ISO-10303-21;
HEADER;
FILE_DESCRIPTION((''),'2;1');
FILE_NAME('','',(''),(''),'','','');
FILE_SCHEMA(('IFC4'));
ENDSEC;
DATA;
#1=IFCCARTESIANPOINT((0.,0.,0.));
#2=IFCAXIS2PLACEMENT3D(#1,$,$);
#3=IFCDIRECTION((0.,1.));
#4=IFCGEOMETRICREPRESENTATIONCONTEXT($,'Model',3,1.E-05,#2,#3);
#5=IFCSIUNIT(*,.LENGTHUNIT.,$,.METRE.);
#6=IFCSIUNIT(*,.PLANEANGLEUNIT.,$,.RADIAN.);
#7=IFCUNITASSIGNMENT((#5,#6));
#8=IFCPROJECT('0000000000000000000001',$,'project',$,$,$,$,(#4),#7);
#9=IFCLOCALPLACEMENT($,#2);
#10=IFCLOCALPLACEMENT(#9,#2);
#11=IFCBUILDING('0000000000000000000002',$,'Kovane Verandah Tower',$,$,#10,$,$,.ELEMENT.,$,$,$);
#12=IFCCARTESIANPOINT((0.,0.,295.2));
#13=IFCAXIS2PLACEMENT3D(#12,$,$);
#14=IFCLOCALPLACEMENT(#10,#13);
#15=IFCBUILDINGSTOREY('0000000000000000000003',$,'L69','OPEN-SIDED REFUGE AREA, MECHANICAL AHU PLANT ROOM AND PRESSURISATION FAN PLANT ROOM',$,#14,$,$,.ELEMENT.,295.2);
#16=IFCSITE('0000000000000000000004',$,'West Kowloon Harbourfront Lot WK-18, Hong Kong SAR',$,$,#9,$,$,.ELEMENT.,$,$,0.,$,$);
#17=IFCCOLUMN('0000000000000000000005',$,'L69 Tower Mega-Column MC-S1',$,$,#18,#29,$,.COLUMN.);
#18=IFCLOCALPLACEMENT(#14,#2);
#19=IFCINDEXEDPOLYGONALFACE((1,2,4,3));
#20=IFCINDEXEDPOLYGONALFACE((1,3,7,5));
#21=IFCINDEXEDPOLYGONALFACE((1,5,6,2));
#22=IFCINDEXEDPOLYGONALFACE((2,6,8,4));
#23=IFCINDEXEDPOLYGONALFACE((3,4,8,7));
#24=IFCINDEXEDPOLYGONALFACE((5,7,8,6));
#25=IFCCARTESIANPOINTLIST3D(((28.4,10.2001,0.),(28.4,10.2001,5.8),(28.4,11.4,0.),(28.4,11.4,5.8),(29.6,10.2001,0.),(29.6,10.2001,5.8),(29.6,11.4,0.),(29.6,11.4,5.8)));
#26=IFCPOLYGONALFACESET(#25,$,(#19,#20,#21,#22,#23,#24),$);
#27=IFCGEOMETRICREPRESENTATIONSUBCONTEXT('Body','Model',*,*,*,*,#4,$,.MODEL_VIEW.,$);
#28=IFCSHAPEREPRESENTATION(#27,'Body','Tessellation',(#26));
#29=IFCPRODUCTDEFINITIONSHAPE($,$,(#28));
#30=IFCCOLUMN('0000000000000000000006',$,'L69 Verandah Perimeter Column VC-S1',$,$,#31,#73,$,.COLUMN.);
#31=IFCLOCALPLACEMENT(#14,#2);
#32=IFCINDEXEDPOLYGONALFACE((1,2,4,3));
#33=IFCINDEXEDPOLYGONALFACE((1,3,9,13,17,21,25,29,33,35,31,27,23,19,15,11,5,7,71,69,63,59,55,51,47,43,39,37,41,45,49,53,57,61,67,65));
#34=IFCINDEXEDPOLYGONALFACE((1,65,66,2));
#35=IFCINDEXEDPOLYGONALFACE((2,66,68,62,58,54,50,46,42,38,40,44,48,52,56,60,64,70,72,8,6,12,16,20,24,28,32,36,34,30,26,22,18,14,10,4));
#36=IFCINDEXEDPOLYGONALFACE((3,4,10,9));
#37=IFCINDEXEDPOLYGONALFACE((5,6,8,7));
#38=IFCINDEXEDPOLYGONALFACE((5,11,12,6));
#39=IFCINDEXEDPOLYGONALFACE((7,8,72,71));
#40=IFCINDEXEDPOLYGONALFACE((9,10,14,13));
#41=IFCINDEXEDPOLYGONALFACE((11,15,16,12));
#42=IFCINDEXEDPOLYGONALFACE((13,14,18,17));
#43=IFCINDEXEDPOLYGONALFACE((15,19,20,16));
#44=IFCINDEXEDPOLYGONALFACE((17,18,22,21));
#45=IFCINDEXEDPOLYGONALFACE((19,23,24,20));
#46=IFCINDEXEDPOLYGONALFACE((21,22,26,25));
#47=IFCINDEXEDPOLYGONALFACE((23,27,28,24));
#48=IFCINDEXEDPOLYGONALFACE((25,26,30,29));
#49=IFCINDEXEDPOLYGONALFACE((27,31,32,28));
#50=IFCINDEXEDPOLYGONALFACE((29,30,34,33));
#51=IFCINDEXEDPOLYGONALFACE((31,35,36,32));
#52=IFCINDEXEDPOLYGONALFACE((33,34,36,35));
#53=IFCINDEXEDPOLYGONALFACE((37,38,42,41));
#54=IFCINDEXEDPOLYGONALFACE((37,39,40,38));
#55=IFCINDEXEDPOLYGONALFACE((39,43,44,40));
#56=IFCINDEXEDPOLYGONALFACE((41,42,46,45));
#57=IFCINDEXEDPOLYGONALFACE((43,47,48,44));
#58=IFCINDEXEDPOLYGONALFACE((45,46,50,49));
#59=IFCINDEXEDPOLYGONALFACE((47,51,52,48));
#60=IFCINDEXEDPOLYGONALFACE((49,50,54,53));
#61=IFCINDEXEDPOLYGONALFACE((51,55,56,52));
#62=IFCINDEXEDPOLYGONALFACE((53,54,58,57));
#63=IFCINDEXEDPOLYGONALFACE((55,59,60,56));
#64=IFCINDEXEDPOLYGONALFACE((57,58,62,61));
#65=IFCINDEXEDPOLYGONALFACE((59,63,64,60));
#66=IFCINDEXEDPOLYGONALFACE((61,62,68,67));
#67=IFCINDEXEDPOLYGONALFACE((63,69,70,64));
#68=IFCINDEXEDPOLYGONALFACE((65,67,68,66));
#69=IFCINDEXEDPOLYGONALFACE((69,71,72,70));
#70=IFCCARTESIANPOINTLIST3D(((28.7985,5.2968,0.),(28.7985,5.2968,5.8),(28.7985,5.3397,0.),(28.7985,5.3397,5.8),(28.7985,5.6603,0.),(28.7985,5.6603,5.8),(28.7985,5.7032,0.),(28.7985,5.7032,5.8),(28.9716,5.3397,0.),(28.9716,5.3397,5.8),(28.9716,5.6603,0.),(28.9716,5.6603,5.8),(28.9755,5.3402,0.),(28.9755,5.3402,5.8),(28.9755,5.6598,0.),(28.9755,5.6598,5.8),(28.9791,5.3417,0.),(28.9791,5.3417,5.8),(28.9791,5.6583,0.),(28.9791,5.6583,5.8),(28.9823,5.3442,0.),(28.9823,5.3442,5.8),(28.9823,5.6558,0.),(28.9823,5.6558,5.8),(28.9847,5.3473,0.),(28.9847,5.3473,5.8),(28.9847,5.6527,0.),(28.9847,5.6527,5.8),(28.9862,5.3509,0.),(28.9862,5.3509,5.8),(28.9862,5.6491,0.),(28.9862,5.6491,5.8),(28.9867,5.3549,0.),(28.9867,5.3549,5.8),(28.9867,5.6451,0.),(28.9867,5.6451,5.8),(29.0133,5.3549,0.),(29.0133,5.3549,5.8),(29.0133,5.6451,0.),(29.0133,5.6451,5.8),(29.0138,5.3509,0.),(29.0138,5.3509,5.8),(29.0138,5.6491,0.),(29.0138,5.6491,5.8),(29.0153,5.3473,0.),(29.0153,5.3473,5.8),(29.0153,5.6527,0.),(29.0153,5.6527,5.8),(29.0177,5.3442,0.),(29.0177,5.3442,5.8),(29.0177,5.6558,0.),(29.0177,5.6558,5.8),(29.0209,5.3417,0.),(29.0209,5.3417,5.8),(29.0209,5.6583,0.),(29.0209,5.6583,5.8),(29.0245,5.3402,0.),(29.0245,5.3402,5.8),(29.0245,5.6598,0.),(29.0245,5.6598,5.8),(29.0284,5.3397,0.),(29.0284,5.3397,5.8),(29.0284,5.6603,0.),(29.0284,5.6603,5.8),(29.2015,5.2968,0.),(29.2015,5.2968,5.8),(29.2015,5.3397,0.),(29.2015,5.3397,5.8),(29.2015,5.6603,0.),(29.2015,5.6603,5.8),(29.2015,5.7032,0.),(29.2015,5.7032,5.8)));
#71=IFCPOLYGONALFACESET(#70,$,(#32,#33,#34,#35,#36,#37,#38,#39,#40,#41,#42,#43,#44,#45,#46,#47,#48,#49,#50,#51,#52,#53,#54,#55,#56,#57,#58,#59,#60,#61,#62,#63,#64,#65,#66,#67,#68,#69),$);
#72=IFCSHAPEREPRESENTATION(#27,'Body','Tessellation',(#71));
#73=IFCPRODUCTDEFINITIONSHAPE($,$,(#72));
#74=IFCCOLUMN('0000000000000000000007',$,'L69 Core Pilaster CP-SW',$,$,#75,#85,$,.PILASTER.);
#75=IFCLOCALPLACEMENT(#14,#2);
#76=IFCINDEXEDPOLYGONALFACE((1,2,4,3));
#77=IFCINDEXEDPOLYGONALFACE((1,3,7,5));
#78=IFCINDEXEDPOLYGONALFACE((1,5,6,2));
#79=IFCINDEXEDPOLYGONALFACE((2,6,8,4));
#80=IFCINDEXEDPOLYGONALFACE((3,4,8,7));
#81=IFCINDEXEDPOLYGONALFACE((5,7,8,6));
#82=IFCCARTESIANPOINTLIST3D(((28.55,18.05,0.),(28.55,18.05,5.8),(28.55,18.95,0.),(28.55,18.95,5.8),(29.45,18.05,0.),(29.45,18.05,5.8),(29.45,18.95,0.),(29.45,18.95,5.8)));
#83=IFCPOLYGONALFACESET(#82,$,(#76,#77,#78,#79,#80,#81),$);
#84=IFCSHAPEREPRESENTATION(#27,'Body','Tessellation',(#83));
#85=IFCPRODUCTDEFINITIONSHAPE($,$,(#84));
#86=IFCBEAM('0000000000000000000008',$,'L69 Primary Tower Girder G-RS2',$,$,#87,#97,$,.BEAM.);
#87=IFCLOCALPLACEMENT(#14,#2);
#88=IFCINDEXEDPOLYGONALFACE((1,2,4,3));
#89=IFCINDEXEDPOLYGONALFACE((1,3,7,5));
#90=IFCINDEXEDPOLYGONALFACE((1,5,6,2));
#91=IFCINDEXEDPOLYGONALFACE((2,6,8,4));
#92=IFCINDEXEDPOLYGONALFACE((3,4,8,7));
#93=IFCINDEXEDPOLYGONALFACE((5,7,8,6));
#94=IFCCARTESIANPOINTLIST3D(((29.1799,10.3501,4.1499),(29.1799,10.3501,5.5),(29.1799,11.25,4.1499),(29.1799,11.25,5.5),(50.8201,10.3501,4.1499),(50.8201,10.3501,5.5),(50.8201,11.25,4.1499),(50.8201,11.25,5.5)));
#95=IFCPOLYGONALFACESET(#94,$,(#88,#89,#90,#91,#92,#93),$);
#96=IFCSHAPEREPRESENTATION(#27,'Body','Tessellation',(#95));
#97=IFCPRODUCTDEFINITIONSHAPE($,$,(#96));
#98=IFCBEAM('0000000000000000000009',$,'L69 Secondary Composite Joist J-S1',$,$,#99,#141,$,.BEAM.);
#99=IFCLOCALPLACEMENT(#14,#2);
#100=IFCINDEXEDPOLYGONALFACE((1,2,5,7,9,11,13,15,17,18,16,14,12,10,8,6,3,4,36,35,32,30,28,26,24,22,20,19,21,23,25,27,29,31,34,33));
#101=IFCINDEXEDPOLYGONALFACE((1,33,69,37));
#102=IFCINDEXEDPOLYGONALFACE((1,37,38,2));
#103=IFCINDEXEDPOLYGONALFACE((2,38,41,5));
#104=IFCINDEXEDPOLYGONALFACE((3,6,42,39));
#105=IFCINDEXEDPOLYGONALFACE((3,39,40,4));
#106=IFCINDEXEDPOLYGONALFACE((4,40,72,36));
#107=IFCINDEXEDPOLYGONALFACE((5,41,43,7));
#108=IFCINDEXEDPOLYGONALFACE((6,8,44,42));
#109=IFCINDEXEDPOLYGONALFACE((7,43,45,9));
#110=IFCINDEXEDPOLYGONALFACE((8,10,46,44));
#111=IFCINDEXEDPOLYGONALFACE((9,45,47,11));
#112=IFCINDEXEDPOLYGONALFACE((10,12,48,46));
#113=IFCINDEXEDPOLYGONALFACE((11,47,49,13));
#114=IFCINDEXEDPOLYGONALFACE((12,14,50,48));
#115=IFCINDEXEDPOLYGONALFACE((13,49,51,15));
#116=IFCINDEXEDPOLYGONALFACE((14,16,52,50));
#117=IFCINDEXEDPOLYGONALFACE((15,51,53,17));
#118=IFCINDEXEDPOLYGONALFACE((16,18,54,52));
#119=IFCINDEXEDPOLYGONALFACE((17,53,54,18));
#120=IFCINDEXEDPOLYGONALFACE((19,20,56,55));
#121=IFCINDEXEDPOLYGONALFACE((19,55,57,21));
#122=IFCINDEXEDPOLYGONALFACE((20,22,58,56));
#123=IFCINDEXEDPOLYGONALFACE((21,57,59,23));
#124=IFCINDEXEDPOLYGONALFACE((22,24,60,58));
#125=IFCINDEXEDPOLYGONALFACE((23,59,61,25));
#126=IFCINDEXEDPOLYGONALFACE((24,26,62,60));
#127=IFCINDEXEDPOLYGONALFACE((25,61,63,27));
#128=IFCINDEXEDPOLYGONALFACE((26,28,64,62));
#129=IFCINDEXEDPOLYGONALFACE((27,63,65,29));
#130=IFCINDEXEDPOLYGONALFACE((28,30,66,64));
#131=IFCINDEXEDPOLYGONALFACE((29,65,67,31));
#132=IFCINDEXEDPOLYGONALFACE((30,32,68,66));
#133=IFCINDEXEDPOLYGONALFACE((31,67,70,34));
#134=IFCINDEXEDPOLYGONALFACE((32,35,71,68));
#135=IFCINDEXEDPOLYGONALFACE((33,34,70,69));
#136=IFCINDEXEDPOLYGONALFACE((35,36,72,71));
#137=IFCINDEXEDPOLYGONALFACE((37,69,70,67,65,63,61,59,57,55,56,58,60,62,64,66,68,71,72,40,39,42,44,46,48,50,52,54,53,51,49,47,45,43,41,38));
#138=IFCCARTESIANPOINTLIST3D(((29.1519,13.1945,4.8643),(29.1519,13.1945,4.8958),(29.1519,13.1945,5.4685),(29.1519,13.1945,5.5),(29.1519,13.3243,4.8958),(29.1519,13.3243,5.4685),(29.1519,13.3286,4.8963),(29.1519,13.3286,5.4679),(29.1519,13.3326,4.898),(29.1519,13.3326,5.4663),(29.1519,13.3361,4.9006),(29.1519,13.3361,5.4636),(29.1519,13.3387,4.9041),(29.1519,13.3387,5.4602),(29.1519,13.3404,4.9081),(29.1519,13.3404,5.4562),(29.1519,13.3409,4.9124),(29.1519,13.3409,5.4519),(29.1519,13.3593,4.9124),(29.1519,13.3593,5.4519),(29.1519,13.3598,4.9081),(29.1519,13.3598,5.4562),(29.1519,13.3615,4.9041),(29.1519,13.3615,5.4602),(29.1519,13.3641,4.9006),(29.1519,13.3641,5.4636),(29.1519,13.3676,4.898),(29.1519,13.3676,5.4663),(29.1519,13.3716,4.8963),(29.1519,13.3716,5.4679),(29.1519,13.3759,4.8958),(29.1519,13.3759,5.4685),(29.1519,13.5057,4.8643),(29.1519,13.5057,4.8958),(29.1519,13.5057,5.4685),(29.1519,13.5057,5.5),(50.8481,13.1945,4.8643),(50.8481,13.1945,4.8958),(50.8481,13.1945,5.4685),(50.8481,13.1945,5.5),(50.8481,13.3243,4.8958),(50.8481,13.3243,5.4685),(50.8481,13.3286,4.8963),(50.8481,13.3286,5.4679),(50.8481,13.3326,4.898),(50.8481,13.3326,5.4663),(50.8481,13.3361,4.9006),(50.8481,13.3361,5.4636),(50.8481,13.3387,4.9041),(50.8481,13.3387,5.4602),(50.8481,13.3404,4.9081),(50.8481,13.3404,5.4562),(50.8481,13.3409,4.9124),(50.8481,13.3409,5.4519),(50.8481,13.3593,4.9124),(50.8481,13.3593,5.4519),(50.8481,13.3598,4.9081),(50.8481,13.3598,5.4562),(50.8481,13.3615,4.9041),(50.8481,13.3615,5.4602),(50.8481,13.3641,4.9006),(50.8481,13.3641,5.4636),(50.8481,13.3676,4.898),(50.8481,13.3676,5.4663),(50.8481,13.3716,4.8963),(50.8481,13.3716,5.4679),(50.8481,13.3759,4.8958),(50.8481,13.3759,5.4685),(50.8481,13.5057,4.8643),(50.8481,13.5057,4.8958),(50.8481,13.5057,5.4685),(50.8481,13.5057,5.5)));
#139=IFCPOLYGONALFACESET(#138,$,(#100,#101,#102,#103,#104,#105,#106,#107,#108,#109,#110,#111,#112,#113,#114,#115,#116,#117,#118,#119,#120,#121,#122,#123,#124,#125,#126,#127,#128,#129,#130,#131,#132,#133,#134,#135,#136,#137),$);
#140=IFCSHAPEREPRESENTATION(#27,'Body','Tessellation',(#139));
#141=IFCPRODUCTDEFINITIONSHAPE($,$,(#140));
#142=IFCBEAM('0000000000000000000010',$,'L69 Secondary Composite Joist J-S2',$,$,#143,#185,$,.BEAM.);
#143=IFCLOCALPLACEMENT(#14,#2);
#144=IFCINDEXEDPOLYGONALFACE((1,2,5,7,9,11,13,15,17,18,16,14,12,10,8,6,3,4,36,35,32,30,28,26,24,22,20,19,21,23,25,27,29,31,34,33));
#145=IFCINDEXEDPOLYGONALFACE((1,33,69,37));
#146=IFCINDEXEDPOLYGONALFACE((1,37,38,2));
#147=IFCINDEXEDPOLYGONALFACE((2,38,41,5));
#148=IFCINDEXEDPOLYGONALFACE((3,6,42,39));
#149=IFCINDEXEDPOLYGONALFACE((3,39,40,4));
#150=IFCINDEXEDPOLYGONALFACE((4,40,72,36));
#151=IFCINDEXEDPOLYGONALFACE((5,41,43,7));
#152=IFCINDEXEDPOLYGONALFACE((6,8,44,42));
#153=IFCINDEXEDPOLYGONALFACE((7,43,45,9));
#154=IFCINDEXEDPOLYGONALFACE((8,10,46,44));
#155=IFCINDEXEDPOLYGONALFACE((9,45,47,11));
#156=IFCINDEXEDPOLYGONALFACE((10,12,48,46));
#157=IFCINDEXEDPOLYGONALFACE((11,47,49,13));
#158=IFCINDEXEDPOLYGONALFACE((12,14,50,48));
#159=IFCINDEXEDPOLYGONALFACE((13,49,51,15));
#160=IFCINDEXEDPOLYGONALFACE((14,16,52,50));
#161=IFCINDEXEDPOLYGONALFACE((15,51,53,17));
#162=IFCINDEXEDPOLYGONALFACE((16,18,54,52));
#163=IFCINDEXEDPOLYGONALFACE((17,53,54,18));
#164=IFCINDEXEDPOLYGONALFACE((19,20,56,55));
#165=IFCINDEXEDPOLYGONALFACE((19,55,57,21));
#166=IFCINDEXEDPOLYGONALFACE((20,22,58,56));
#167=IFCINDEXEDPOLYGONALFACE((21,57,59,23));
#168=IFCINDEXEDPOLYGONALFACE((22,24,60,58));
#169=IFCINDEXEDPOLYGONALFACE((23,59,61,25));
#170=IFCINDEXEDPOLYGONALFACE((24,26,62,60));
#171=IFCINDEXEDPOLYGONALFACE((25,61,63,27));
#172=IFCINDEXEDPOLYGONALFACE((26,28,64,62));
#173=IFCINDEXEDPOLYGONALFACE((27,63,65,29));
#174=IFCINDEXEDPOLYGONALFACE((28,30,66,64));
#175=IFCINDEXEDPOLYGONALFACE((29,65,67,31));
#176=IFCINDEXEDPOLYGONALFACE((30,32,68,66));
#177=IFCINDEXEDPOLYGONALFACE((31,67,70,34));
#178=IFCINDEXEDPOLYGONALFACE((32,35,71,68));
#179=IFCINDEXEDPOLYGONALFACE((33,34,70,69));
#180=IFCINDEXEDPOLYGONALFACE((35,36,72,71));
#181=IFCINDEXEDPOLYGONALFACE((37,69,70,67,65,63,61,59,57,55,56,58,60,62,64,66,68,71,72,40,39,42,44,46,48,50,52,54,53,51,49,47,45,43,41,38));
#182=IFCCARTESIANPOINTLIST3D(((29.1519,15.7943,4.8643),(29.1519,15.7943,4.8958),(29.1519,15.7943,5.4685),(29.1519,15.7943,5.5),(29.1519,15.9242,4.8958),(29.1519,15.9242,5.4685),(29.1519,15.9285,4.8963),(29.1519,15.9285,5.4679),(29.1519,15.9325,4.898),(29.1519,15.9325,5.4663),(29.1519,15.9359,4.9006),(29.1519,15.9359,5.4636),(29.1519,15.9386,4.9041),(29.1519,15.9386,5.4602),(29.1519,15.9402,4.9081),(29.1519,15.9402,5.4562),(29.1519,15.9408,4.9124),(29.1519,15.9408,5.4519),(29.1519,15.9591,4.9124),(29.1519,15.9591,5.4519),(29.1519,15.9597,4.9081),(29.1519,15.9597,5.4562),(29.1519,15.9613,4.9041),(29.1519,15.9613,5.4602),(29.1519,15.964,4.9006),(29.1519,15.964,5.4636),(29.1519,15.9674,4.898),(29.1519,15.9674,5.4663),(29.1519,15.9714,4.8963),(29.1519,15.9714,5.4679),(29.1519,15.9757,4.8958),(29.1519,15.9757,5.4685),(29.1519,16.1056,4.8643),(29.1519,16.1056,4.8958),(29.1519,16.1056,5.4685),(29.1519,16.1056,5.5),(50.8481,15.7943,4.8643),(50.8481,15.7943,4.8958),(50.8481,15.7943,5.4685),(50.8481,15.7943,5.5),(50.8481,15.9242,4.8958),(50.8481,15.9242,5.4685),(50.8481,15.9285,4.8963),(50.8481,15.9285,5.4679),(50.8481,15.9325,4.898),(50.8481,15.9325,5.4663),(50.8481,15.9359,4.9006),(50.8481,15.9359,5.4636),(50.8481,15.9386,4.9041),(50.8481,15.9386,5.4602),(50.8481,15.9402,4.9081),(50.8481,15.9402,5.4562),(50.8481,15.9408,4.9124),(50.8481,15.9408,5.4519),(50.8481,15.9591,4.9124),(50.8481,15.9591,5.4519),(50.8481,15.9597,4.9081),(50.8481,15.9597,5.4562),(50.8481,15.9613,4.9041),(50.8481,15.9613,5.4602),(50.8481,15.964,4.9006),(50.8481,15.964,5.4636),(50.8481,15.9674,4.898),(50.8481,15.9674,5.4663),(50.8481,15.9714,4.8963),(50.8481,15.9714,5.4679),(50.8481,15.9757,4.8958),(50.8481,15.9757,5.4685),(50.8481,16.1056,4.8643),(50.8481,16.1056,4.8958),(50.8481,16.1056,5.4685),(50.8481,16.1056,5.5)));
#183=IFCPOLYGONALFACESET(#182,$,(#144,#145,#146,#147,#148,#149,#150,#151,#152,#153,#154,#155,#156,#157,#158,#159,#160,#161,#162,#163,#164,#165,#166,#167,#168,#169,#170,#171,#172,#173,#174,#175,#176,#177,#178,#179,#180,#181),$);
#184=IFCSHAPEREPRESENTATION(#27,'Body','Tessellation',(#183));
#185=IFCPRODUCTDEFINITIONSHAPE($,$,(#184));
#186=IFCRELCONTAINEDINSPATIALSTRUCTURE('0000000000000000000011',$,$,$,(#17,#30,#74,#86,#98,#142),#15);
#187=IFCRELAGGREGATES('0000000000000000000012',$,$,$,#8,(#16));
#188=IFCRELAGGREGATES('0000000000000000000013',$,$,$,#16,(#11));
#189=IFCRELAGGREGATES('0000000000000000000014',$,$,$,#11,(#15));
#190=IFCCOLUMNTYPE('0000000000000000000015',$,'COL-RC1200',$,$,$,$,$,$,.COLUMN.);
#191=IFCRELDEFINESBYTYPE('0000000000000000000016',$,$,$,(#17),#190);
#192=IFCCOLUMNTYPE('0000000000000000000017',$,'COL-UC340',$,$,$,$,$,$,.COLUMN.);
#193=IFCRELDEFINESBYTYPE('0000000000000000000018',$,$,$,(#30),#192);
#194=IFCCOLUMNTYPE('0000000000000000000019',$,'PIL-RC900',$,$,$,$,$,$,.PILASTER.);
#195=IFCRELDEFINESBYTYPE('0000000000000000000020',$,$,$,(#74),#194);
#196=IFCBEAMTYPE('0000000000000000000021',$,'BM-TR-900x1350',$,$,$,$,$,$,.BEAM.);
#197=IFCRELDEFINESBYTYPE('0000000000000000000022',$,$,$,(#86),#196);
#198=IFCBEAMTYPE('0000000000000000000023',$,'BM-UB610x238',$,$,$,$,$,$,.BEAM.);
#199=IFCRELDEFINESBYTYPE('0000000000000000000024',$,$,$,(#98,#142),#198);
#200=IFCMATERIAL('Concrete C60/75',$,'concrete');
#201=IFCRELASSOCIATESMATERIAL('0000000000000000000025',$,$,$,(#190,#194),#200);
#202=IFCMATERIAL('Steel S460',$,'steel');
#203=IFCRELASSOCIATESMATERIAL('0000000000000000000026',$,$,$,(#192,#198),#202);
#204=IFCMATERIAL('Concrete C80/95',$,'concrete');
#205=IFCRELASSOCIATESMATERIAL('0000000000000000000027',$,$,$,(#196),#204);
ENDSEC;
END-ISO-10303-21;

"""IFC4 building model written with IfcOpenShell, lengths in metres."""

from ifc_helpers import new_model, si_unit, direction, frame, origin, origin_2d, place, context, subcontext, project, spatial, rectangle, i_section, extrude, material, material_profile, profile_set, type_object, element, save


model = new_model("IFC4")

# Units and contexts
model_context = context("Model", 3, precision=1e-05, world=origin(), true_north=direction((0.0, 1.0)))
body_context = subcontext(model_context, "Body", "Model", "MODEL_VIEW")
ifc_project = project(units=[si_unit("LENGTHUNIT", "METRE"), si_unit("PLANEANGLEUNIT", "RADIAN")], contexts=[model_context])

# Site, building, storey
site_placement = place(None, origin())
site = spatial("IfcSite", under=ifc_project, at=site_placement, Name="West Kowloon Harbourfront Lot WK-18, Hong Kong SAR", CompositionType="ELEMENT", RefElevation=0.0)
building_placement = place(site_placement, origin())
building = spatial("IfcBuilding", under=site, at=building_placement, Name="Kovane Verandah Tower", CompositionType="ELEMENT")
storey_placement = place(building_placement, frame((0.0, 0.0, 295.2)))
storey = spatial("IfcBuildingStorey", under=building, at=storey_placement, Name="L69", Description="OPEN-SIDED REFUGE AREA, MECHANICAL AHU PLANT ROOM AND PRESSURISATION FAN PLANT ROOM", CompositionType="ELEMENT", Elevation=295.2)

# Columns
ifc_material_1 = material(Name="Concrete C60/75", Category="concrete")
ifc_material_profile_1 = material_profile(ifc_material_1, rectangle(XDim=1.2, YDim=1.2, at=origin_2d()), Name="RC1200x1200")
ifc_profile_set_1 = profile_set([ifc_material_profile_1], Name="Concrete C60/75")
column_type_1 = type_object("IfcColumnType", Name="COL-RC1200", PredefinedType="COLUMN", material=ifc_profile_set_1)
column_1_placement = place(storey_placement, frame((29.0, 10.8, 0.0), z_axis=(0.0, 0.0, 1.0), x_axis=(1.0, 0.0, 0.0)))
element("IfcColumn", 1, at=column_1_placement, inside=storey, type_object=column_type_1, Name="L69 Tower Mega-Column MC-S1", PredefinedType="COLUMN", context=body_context, shape_type="SweptSolid", body=[
    extrude(rectangle(XDim=1.2, YDim=1.2, at=origin_2d()), origin(), (0.0, 0.0, 1.0), 5.8),
])
ifc_material_2 = material(Name="Steel S460", Category="steel")
ifc_material_profile_2 = material_profile(ifc_material_2, i_section(OverallWidth=0.4031, OverallDepth=0.4065, WebThickness=0.0266, FlangeThickness=0.043, FilletRadius=0.0151, at=origin_2d()), Name="UC356x406x340")
ifc_profile_set_2 = profile_set([ifc_material_profile_2], Name="Steel S460")
column_type_2 = type_object("IfcColumnType", Name="COL-UC340", PredefinedType="COLUMN", material=ifc_profile_set_2)
column_2_placement = place(storey_placement, frame((29.0, 5.5, 0.0), z_axis=(0.0, 0.0, 1.0), x_axis=(1.0, 0.0, 0.0)))
element("IfcColumn", 2, at=column_2_placement, inside=storey, type_object=column_type_2, Name="L69 Verandah Perimeter Column VC-S1", PredefinedType="COLUMN", context=body_context, shape_type="SweptSolid", body=[
    extrude(i_section(OverallWidth=0.4031, OverallDepth=0.4065, WebThickness=0.0266, FlangeThickness=0.043, FilletRadius=0.0151, at=origin_2d()), origin(), (0.0, 0.0, 1.0), 5.8),
])
ifc_material_profile_3 = material_profile(ifc_material_1, rectangle(XDim=0.8999, YDim=0.8999, at=origin_2d()), Name="RC900x900")
ifc_profile_set_3 = profile_set([ifc_material_profile_3], Name="Concrete C60/75")
column_type_3 = type_object("IfcColumnType", Name="PIL-RC900", PredefinedType="PILASTER", material=ifc_profile_set_3)
column_3_placement = place(storey_placement, frame((29.0, 18.5, 0.0), z_axis=(0.0, 0.0, 1.0), x_axis=(1.0, 0.0, 0.0)))
element("IfcColumn", 3, at=column_3_placement, inside=storey, type_object=column_type_3, Name="L69 Core Pilaster CP-SW", PredefinedType="PILASTER", context=body_context, shape_type="SweptSolid", body=[
    extrude(rectangle(XDim=0.8999, YDim=0.8999, at=origin_2d()), origin(), (0.0, 0.0, 1.0), 5.8),
])

# Beams
ifc_material_3 = material(Name="Concrete C80/95", Category="concrete")
ifc_material_profile_4 = material_profile(ifc_material_3, rectangle(XDim=0.8999, YDim=1.3501, at=origin_2d()), Name="RCB900x1350")
ifc_profile_set_4 = profile_set([ifc_material_profile_4], Name="Concrete C80/95")
beam_type_1 = type_object("IfcBeamType", Name="BM-TR-900x1350", PredefinedType="BEAM", material=ifc_profile_set_4)
beam_1_placement = place(storey_placement, frame((29.1799, 10.8, 4.825), z_axis=(1.0, 0.0, 0.0), x_axis=(0.0, 1.0, 0.0)))
element("IfcBeam", 4, at=beam_1_placement, inside=storey, type_object=beam_type_1, Name="L69 Primary Tower Girder G-RS2", PredefinedType="BEAM", context=body_context, shape_type="SweptSolid", body=[
    extrude(rectangle(XDim=0.8999, YDim=1.3501, at=origin_2d()), origin(), (0.0, 0.0, 1.0), 21.6401),
])
ifc_material_profile_5 = material_profile(ifc_material_2, i_section(OverallWidth=0.3113, OverallDepth=0.6357, WebThickness=0.0183, FlangeThickness=0.0315, FilletRadius=0.0166, at=origin_2d()), Name="UB610x305x238")
ifc_profile_set_5 = profile_set([ifc_material_profile_5], Name="Steel S460")
beam_type_2 = type_object("IfcBeamType", Name="BM-UB610x238", PredefinedType="BEAM", material=ifc_profile_set_5)
for number, where, z_axis, x_axis, name in (
    (5, (29.1519, 13.3501, 5.1821), (1.0, 0.0, 0.0), (0.0, 1.0, 0.0), "L69 Secondary Composite Joist J-S1"),
    (6, (29.1519, 15.95, 5.1821), (1.0, 0.0, 0.0), (0.0, 1.0, 0.0), "L69 Secondary Composite Joist J-S2"),
):
    element("IfcBeam", number, at=place(storey_placement, frame(where, z_axis=z_axis, x_axis=x_axis)), inside=storey, type_object=beam_type_2, Name=name, PredefinedType="BEAM", context=body_context, shape_type="SweptSolid", body=[
        extrude(i_section(OverallWidth=0.3113, OverallDepth=0.6357, WebThickness=0.0183, FlangeThickness=0.0315, FilletRadius=0.0166, at=origin_2d()), origin(), (0.0, 0.0, 1.0), 21.6963),
    ])

save(model, "model.ifc")
